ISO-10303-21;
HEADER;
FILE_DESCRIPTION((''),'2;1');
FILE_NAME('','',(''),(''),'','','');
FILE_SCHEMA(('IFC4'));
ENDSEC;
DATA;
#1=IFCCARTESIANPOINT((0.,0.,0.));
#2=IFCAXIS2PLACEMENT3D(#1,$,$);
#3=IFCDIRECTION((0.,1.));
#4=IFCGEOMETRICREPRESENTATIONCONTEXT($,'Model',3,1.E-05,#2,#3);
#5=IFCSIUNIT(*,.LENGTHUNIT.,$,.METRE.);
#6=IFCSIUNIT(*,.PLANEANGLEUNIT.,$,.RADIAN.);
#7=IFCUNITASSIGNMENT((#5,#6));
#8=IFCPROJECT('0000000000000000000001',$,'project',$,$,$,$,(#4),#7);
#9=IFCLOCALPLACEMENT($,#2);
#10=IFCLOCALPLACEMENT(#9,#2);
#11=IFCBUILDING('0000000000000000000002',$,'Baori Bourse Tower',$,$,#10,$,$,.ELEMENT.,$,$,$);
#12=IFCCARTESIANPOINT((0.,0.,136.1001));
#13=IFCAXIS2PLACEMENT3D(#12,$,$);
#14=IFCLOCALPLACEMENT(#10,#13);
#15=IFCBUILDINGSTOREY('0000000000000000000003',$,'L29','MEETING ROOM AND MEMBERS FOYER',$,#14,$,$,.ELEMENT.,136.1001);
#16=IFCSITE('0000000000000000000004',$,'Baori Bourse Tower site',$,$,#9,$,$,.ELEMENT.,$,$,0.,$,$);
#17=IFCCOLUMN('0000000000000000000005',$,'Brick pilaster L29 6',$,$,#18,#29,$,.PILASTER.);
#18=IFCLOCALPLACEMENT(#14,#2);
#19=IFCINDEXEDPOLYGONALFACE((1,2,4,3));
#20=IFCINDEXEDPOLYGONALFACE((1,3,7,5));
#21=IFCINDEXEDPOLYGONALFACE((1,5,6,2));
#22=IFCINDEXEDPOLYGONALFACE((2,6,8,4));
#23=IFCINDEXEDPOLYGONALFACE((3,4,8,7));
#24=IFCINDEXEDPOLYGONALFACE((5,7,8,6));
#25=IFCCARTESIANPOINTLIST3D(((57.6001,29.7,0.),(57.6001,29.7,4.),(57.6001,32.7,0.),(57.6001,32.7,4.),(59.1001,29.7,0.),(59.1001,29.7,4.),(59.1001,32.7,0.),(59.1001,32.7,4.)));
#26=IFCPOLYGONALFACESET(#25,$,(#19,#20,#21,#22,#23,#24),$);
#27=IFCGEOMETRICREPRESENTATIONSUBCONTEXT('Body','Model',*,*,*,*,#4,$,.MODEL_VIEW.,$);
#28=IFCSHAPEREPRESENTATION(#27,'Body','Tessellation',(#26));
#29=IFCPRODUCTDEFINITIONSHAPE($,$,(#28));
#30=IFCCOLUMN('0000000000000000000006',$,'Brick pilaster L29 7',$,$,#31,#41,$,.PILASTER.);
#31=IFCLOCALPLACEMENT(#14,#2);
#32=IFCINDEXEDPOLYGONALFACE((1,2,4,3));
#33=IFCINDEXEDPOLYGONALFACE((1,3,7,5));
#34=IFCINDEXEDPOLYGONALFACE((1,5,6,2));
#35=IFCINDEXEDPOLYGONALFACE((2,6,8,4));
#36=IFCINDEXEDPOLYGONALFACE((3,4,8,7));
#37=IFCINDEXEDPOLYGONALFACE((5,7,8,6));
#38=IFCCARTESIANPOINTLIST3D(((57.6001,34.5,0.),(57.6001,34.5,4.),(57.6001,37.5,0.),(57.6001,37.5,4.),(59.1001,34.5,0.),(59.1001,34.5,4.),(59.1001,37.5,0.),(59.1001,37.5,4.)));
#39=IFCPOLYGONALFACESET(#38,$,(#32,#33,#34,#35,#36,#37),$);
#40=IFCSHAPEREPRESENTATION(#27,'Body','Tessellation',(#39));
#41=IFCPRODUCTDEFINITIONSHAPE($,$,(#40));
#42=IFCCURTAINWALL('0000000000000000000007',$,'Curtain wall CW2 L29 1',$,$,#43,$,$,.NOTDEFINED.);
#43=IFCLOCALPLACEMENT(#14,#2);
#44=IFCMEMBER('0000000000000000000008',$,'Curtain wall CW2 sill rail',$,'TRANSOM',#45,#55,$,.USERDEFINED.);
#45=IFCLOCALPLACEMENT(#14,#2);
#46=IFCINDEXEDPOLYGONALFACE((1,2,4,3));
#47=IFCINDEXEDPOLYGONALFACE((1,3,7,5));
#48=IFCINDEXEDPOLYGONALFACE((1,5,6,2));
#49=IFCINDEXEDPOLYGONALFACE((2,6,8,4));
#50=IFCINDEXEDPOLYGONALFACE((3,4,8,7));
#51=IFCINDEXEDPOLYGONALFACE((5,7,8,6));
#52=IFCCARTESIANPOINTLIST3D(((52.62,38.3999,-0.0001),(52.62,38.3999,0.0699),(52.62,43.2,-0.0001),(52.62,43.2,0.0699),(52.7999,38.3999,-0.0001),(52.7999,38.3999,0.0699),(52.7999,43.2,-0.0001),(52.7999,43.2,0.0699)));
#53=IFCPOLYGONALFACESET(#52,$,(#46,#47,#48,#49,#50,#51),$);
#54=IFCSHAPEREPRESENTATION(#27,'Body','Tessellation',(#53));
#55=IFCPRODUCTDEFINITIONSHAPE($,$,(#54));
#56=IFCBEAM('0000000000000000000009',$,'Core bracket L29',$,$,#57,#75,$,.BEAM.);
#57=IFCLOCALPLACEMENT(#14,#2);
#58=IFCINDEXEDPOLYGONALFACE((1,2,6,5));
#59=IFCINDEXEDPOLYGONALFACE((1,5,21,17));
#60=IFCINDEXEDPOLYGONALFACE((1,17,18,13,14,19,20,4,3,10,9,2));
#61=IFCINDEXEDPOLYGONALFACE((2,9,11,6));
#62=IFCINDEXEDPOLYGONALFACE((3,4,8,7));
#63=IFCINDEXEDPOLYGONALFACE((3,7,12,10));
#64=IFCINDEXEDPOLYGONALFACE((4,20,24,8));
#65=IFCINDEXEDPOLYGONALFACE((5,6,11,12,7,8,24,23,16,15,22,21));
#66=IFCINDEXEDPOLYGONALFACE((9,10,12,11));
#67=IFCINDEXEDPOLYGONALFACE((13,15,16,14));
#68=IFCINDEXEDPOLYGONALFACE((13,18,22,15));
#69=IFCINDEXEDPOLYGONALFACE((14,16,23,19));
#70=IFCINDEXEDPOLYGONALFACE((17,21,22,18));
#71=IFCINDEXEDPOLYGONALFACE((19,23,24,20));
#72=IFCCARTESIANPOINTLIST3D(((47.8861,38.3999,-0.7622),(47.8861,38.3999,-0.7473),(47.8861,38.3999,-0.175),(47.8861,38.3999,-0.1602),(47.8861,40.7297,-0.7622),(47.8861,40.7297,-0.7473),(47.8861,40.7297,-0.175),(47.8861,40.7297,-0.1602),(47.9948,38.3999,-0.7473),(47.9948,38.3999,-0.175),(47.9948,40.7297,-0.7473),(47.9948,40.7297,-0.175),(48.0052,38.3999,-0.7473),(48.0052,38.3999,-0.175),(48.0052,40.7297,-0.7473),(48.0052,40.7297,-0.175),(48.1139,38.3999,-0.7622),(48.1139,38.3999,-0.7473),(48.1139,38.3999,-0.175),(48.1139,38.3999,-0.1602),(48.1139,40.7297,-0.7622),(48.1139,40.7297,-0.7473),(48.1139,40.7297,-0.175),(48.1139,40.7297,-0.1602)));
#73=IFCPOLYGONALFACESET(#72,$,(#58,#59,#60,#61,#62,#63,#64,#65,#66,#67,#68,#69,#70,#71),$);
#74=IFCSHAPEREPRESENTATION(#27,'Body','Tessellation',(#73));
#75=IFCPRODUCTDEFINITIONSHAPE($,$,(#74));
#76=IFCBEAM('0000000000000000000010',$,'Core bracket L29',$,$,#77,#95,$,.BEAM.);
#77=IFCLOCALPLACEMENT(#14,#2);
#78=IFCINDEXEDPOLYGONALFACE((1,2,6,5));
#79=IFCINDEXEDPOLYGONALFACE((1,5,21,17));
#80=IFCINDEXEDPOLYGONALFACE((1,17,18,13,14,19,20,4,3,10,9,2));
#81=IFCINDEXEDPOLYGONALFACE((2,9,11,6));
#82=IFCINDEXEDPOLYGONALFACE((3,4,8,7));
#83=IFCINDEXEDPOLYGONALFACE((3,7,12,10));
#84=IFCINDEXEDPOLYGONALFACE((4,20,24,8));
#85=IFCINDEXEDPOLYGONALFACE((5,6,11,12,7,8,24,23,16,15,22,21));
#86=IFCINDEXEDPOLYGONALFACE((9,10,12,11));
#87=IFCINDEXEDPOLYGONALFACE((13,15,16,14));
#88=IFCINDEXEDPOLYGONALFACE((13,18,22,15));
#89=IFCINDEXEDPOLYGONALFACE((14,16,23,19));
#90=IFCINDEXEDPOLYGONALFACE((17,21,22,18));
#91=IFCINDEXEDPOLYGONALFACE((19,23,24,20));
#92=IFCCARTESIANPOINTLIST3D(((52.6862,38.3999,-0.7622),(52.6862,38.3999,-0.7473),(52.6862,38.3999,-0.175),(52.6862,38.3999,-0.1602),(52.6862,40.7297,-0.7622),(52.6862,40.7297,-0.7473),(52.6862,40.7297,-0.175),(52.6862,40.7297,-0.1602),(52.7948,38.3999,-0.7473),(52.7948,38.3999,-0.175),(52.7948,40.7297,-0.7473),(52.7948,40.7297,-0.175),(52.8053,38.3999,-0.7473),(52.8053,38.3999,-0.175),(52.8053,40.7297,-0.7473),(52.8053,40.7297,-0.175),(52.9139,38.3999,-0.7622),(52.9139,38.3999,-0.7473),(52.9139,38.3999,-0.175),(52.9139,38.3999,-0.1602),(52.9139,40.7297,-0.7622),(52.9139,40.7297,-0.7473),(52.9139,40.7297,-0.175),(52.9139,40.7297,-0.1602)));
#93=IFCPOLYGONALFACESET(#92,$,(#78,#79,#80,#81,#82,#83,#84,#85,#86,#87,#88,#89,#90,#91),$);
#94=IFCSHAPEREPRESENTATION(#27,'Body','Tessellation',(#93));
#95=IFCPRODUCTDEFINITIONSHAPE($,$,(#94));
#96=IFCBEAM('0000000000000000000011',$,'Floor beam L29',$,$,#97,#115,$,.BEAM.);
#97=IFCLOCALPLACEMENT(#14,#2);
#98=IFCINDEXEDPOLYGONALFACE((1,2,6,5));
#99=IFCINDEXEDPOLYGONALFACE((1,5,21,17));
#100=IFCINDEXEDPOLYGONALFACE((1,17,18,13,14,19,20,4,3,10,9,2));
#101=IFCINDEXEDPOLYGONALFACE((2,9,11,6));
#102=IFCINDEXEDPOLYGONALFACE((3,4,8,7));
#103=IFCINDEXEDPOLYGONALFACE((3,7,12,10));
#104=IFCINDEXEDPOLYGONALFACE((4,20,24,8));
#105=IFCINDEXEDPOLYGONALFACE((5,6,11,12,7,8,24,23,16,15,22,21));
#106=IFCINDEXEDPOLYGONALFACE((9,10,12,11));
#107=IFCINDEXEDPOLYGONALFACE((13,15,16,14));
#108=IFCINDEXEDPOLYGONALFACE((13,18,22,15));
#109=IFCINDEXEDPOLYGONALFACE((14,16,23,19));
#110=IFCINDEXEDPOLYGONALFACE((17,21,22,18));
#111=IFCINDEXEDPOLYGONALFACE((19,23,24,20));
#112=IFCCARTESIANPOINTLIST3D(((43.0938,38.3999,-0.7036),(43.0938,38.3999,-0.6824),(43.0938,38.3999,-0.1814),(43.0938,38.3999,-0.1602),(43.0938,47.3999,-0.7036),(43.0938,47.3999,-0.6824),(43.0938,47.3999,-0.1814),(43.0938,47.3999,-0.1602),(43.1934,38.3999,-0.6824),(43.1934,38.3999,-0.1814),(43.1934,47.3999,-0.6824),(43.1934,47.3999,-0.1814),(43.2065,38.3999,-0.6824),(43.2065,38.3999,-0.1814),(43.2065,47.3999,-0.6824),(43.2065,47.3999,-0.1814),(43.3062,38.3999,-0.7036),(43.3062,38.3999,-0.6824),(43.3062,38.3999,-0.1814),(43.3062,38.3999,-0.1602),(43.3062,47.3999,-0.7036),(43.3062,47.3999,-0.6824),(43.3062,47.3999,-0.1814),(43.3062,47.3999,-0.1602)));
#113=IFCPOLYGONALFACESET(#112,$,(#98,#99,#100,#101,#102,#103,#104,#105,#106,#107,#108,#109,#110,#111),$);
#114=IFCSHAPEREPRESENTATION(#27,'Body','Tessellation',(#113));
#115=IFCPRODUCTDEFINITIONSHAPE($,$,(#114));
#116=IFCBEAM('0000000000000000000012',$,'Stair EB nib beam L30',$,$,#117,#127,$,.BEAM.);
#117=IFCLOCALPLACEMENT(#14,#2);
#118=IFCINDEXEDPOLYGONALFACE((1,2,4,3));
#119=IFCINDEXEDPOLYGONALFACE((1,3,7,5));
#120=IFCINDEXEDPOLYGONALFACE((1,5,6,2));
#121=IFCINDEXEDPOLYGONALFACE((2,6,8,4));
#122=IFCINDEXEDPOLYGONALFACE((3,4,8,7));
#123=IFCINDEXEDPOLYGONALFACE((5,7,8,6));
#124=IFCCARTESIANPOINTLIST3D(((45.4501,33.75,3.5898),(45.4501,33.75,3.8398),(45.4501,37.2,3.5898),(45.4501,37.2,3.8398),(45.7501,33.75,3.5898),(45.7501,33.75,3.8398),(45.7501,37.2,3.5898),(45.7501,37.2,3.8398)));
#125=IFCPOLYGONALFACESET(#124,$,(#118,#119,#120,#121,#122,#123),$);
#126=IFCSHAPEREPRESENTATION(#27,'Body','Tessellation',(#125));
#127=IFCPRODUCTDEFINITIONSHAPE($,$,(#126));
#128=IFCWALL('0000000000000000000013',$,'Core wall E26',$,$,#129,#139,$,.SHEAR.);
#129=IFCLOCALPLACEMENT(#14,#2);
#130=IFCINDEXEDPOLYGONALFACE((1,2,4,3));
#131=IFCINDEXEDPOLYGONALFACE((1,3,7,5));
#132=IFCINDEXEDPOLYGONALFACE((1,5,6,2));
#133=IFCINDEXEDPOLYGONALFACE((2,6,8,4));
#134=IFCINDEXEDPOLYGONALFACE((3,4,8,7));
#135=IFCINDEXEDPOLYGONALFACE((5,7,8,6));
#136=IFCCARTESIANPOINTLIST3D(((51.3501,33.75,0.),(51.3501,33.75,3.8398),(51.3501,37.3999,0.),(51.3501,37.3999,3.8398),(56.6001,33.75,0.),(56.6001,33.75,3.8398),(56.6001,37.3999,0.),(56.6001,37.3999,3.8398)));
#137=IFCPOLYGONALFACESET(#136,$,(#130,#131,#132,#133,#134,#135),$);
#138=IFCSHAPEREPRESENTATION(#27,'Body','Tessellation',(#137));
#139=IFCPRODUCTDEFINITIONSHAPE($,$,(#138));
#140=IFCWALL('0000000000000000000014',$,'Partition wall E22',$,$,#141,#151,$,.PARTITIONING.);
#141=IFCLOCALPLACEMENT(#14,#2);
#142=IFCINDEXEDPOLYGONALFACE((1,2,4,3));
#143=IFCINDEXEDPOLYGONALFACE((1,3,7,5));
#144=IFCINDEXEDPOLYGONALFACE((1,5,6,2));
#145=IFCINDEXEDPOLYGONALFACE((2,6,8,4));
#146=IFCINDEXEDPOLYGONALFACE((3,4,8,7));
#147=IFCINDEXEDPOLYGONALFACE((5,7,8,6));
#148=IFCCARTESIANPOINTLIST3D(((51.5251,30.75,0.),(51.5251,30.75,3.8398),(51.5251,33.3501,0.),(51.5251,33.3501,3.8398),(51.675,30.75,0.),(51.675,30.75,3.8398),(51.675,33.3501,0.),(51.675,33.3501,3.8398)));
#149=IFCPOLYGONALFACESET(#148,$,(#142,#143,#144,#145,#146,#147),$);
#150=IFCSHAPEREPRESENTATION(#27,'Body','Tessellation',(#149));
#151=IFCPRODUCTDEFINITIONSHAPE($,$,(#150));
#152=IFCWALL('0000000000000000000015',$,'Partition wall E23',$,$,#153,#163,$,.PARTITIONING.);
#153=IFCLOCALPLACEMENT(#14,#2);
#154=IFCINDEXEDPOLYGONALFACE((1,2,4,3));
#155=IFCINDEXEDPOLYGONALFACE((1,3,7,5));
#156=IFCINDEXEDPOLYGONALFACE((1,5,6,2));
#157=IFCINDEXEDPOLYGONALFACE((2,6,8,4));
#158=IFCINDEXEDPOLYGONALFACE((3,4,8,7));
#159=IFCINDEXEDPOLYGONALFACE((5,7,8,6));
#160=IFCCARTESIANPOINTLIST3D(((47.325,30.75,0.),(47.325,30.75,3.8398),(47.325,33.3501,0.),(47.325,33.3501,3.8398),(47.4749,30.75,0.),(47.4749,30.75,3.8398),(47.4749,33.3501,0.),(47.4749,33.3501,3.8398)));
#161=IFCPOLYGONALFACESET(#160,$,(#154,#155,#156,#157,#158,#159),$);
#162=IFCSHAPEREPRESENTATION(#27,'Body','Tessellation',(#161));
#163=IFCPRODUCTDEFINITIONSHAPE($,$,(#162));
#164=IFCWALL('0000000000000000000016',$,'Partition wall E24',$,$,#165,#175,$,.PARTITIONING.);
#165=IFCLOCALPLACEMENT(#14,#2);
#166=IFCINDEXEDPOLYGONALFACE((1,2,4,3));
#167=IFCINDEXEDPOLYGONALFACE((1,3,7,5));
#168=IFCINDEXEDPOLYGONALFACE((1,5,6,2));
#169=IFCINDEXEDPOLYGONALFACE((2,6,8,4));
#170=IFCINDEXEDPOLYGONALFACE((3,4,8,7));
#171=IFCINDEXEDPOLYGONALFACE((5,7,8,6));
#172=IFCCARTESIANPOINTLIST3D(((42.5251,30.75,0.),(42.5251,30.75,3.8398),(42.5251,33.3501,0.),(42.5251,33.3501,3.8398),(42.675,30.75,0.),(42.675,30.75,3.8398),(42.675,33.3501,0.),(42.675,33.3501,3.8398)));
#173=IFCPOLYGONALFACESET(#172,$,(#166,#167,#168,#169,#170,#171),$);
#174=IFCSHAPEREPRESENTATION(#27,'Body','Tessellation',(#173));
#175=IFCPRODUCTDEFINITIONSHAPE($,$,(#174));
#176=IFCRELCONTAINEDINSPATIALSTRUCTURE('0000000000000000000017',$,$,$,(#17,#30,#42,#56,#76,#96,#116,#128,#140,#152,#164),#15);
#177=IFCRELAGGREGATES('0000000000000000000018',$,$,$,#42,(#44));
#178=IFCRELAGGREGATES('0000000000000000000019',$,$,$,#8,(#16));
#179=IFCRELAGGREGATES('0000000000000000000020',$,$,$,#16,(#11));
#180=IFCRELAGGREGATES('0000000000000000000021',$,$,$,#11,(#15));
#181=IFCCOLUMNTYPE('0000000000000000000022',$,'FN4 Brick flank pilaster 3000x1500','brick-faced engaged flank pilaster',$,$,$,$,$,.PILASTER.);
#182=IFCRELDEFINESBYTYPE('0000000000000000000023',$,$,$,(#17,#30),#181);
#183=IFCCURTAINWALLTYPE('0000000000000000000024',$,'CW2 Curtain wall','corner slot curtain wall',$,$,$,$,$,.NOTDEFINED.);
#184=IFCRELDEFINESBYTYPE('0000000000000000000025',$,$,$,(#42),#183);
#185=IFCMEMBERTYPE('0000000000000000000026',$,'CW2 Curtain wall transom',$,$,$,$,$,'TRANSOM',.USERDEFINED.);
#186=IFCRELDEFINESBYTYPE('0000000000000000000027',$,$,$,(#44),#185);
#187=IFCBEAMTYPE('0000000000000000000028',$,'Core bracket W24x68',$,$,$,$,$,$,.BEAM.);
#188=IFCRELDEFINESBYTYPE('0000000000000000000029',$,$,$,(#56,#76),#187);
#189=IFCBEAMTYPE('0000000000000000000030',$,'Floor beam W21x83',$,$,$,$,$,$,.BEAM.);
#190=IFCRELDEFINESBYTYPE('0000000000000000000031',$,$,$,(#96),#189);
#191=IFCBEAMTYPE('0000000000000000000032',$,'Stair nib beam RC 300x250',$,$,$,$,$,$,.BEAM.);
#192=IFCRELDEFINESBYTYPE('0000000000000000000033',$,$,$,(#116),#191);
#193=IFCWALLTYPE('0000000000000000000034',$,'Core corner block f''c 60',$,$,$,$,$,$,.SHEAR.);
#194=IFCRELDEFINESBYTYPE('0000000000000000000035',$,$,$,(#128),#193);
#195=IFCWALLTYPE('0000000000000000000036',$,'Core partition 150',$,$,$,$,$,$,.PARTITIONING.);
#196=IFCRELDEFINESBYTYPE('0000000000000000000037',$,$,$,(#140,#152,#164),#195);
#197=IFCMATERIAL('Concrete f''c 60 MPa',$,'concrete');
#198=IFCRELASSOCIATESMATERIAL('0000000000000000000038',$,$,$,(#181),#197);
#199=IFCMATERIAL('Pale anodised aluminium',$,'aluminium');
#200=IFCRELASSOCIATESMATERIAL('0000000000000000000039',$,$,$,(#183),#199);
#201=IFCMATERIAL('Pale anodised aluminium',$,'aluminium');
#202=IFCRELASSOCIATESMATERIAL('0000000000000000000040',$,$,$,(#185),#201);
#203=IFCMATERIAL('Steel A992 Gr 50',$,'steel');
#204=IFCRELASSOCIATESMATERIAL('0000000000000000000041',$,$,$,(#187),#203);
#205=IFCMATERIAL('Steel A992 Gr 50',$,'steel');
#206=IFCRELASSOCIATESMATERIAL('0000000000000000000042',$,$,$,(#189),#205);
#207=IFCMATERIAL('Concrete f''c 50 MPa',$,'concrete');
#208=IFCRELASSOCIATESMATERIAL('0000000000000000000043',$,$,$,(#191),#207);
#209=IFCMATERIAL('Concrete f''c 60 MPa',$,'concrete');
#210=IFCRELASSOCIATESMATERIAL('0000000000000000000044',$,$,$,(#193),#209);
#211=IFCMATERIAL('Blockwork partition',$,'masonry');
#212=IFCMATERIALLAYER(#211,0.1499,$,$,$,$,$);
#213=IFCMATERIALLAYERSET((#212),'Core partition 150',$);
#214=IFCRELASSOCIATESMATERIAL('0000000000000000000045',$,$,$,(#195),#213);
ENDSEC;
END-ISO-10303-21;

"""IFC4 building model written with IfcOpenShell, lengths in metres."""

from ifc_helpers import new_model, si_unit, direction, frame, frame_2d, origin, origin_2d, place, context, subcontext, project, spatial, rectangle, i_section, extrude, material, layer, layer_set, material_profile, profile_set, type_object, element, aggregate, save


model = new_model("IFC4")

# Units and contexts
model_context = context("Model", 3, precision=1e-05, world=origin(), true_north=direction((0.0, 1.0)))
body_context = subcontext(model_context, "Body", "Model", "MODEL_VIEW")
ifc_project = project(units=[si_unit("LENGTHUNIT", "METRE"), si_unit("PLANEANGLEUNIT", "RADIAN")], contexts=[model_context])

# Site, building, storey
site_placement = place(None, origin())
site = spatial("IfcSite", under=ifc_project, at=site_placement, Name="Baori Bourse Tower site", CompositionType="ELEMENT", RefElevation=0.0)
building_placement = place(site_placement, origin())
building = spatial("IfcBuilding", under=site, at=building_placement, Name="Baori Bourse Tower", CompositionType="ELEMENT")
storey_placement = place(building_placement, frame((0.0, 0.0, 136.1001)))
storey = spatial("IfcBuildingStorey", under=building, at=storey_placement, Name="L29", Description="MEETING ROOM AND MEMBERS FOYER", CompositionType="ELEMENT", Elevation=136.1001)

# Columns
ifc_material_1 = material(Name="Concrete f'c 60 MPa", Category="concrete")
ifc_material_profile_1 = material_profile(ifc_material_1, rectangle(XDim=3.0, YDim=1.5, at=origin_2d()), Name="RC 3000x1500")
ifc_profile_set_1 = profile_set([ifc_material_profile_1], Name="Concrete f'c 60 MPa")
column_type = type_object("IfcColumnType", Name="FN4 Brick flank pilaster 3000x1500", Description="brick-faced engaged flank pilaster", PredefinedType="PILASTER", material=ifc_profile_set_1)
for number, where, z_axis, x_axis, name in (
    (1, (58.3501, 31.2, 0.0), (0.0, 0.0, 1.0), (0.0, 1.0, 0.0), "Brick pilaster L29 6"),
    (2, (58.3501, 36.0, 0.0), (0.0, 0.0, 1.0), (0.0, 1.0, 0.0), "Brick pilaster L29 7"),
):
    element("IfcColumn", number, at=place(storey_placement, frame(where, z_axis=z_axis, x_axis=x_axis)), inside=storey, type_object=column_type, Name=name, PredefinedType="PILASTER", context=body_context, shape_type="SweptSolid", body=[
        extrude(rectangle(XDim=3.0, YDim=1.5, at=origin_2d()), origin(), (0.0, 0.0, 1.0), 4.0),
    ])

# Curtain wall, member
ifc_material_2 = material(Name="Pale anodised aluminium", Category="aluminium")
curtain_wall_type = type_object("IfcCurtainWallType", Name="CW2 Curtain wall", Description="corner slot curtain wall", PredefinedType="NOTDEFINED", material=ifc_material_2)
curtain_wall_placement = place(storey_placement, origin())
curtain_wall = element("IfcCurtainWall", 3, at=curtain_wall_placement, inside=storey, type_object=curtain_wall_type, Name="Curtain wall CW2 L29 1", PredefinedType="NOTDEFINED")
ifc_material_3 = material(Name="Pale anodised aluminium", Category="aluminium")
ifc_material_profile_2 = material_profile(ifc_material_3, rectangle(XDim=0.1799, YDim=0.0701, at=origin_2d()), Name="Transom 70x180")
ifc_profile_set_2 = profile_set([ifc_material_profile_2], Name="Pale anodised aluminium")
member_type = type_object("IfcMemberType", Name="CW2 Curtain wall transom", ElementType="TRANSOM", PredefinedType="USERDEFINED", material=ifc_profile_set_2)
member_placement = place(storey_placement, frame((52.71, 38.3999, 0.0349), z_axis=(0.0, 1.0, 0.0), x_axis=(-1.0, 0.0, 0.0)))
member = element("IfcMember", 4, at=member_placement, type_object=member_type, Name="Curtain wall CW2 sill rail", ObjectType="TRANSOM", PredefinedType="USERDEFINED", context=body_context, shape_type="SweptSolid", body=[
    extrude(rectangle(XDim=0.1799, YDim=0.0701, at=origin_2d()), origin(), (0.0, 0.0, 1.0), 4.8),
])
aggregate(curtain_wall, [member])

# Beams
ifc_material_4 = material(Name="Steel A992 Gr 50", Category="steel")
ifc_material_profile_3 = material_profile(ifc_material_4, i_section(OverallWidth=0.2278, OverallDepth=0.6021, WebThickness=0.0105, FlangeThickness=0.0149, at=origin_2d()), Name="W24x68")
ifc_profile_set_3 = profile_set([ifc_material_profile_3], Name="Steel A992 Gr 50")
beam_type_1 = type_object("IfcBeamType", Name="Core bracket W24x68", PredefinedType="BEAM", material=ifc_profile_set_3)
for number, where, z_axis, x_axis, name in (
    (5, (48.0, 38.3999, -0.4612), (0.0, 1.0, 0.0), (-1.0, 0.0, 0.0), "Core bracket L29"),
    (6, (52.8, 38.3999, -0.4612), (0.0, 1.0, 0.0), (-1.0, 0.0, 0.0), "Core bracket L29"),
):
    element("IfcBeam", number, at=place(storey_placement, frame(where, z_axis=z_axis, x_axis=x_axis)), inside=storey, type_object=beam_type_1, Name=name, PredefinedType="BEAM", context=body_context, shape_type="SweptSolid", body=[
        extrude(i_section(OverallWidth=0.2278, OverallDepth=0.6021, WebThickness=0.0105, FlangeThickness=0.0149, at=origin_2d()), origin(), (0.0, 0.0, 1.0), 2.3298),
    ])
ifc_material_5 = material(Name="Steel A992 Gr 50", Category="steel")
ifc_material_profile_4 = material_profile(ifc_material_5, i_section(OverallWidth=0.2124, OverallDepth=0.5435, WebThickness=0.0132, FlangeThickness=0.0212, at=origin_2d()), Name="W21x83")
ifc_profile_set_4 = profile_set([ifc_material_profile_4], Name="Steel A992 Gr 50")
beam_type_2 = type_object("IfcBeamType", Name="Floor beam W21x83", PredefinedType="BEAM", material=ifc_profile_set_4)
beam_1_placement = place(storey_placement, frame((43.2, 38.3999, -0.4319), z_axis=(0.0, 1.0, 0.0), x_axis=(-1.0, 0.0, 0.0)))
element("IfcBeam", 7, at=beam_1_placement, inside=storey, type_object=beam_type_2, Name="Floor beam L29", PredefinedType="BEAM", context=body_context, shape_type="SweptSolid", body=[
    extrude(i_section(OverallWidth=0.2124, OverallDepth=0.5435, WebThickness=0.0132, FlangeThickness=0.0212, at=origin_2d()), origin(), (0.0, 0.0, 1.0), 9.0),
])
ifc_material_6 = material(Name="Concrete f'c 50 MPa", Category="concrete")
ifc_material_profile_5 = material_profile(ifc_material_6, rectangle(XDim=0.3, YDim=0.25, at=origin_2d()), Name="RC 300x250")
ifc_profile_set_5 = profile_set([ifc_material_profile_5], Name="Concrete f'c 50 MPa")
beam_type_3 = type_object("IfcBeamType", Name="Stair nib beam RC 300x250", PredefinedType="BEAM", material=ifc_profile_set_5)
beam_2_placement = place(storey_placement, frame((45.6001, 33.75, 3.7148), z_axis=(0.0, 1.0, 0.0), x_axis=(-1.0, 0.0, 0.0)))
element("IfcBeam", 8, at=beam_2_placement, inside=storey, type_object=beam_type_3, Name="Stair EB nib beam L30", PredefinedType="BEAM", context=body_context, shape_type="SweptSolid", body=[
    extrude(rectangle(XDim=0.3, YDim=0.25, at=origin_2d()), origin(), (0.0, 0.0, 1.0), 3.45),
])

# Walls
ifc_material_7 = material(Name="Concrete f'c 60 MPa", Category="concrete")
wall_type_1 = type_object("IfcWallType", Name="Core corner block f'c 60", PredefinedType="SHEAR", material=ifc_material_7)
wall_1_placement = place(storey_placement, frame((51.3501, 35.575, 0.0), z_axis=(0.0, 0.0, 1.0), x_axis=(1.0, 0.0, 0.0)))
element("IfcWall", 9, at=wall_1_placement, inside=storey, type_object=wall_type_1, Name="Core wall E26", PredefinedType="SHEAR", context=body_context, shape_type="SweptSolid", body=[
    extrude(rectangle(XDim=5.25, YDim=3.6499, at=frame_2d((2.625, 0.0))), origin(), (0.0, 0.0, 1.0), 3.8398),
])
ifc_material_8 = material(Name="Blockwork partition", Category="masonry")
ifc_layer_1 = layer(ifc_material_8, 0.1499)
ifc_layer_set_1 = layer_set([ifc_layer_1], Name="Core partition 150")
wall_type_2 = type_object("IfcWallType", Name="Core partition 150", PredefinedType="PARTITIONING", material=ifc_layer_set_1)
for number, where, z_axis, x_axis, name in (
    (10, (51.6001, 30.75, 0.0), (0.0, 0.0, 1.0), (0.0, 1.0, 0.0), "Partition wall E22"),
    (11, (47.3999, 30.75, 0.0), (0.0, 0.0, 1.0), (0.0, 1.0, 0.0), "Partition wall E23"),
    (12, (42.6001, 30.75, 0.0), (0.0, 0.0, 1.0), (0.0, 1.0, 0.0), "Partition wall E24"),
):
    element("IfcWall", number, at=place(storey_placement, frame(where, z_axis=z_axis, x_axis=x_axis)), inside=storey, type_object=wall_type_2, Name=name, PredefinedType="PARTITIONING", context=body_context, shape_type="SweptSolid", body=[
        extrude(rectangle(XDim=2.6001, YDim=0.1499, at=frame_2d((1.3, 0.0))), origin(), (0.0, 0.0, 1.0), 3.8398),
    ])

save(model, "model.ifc")
